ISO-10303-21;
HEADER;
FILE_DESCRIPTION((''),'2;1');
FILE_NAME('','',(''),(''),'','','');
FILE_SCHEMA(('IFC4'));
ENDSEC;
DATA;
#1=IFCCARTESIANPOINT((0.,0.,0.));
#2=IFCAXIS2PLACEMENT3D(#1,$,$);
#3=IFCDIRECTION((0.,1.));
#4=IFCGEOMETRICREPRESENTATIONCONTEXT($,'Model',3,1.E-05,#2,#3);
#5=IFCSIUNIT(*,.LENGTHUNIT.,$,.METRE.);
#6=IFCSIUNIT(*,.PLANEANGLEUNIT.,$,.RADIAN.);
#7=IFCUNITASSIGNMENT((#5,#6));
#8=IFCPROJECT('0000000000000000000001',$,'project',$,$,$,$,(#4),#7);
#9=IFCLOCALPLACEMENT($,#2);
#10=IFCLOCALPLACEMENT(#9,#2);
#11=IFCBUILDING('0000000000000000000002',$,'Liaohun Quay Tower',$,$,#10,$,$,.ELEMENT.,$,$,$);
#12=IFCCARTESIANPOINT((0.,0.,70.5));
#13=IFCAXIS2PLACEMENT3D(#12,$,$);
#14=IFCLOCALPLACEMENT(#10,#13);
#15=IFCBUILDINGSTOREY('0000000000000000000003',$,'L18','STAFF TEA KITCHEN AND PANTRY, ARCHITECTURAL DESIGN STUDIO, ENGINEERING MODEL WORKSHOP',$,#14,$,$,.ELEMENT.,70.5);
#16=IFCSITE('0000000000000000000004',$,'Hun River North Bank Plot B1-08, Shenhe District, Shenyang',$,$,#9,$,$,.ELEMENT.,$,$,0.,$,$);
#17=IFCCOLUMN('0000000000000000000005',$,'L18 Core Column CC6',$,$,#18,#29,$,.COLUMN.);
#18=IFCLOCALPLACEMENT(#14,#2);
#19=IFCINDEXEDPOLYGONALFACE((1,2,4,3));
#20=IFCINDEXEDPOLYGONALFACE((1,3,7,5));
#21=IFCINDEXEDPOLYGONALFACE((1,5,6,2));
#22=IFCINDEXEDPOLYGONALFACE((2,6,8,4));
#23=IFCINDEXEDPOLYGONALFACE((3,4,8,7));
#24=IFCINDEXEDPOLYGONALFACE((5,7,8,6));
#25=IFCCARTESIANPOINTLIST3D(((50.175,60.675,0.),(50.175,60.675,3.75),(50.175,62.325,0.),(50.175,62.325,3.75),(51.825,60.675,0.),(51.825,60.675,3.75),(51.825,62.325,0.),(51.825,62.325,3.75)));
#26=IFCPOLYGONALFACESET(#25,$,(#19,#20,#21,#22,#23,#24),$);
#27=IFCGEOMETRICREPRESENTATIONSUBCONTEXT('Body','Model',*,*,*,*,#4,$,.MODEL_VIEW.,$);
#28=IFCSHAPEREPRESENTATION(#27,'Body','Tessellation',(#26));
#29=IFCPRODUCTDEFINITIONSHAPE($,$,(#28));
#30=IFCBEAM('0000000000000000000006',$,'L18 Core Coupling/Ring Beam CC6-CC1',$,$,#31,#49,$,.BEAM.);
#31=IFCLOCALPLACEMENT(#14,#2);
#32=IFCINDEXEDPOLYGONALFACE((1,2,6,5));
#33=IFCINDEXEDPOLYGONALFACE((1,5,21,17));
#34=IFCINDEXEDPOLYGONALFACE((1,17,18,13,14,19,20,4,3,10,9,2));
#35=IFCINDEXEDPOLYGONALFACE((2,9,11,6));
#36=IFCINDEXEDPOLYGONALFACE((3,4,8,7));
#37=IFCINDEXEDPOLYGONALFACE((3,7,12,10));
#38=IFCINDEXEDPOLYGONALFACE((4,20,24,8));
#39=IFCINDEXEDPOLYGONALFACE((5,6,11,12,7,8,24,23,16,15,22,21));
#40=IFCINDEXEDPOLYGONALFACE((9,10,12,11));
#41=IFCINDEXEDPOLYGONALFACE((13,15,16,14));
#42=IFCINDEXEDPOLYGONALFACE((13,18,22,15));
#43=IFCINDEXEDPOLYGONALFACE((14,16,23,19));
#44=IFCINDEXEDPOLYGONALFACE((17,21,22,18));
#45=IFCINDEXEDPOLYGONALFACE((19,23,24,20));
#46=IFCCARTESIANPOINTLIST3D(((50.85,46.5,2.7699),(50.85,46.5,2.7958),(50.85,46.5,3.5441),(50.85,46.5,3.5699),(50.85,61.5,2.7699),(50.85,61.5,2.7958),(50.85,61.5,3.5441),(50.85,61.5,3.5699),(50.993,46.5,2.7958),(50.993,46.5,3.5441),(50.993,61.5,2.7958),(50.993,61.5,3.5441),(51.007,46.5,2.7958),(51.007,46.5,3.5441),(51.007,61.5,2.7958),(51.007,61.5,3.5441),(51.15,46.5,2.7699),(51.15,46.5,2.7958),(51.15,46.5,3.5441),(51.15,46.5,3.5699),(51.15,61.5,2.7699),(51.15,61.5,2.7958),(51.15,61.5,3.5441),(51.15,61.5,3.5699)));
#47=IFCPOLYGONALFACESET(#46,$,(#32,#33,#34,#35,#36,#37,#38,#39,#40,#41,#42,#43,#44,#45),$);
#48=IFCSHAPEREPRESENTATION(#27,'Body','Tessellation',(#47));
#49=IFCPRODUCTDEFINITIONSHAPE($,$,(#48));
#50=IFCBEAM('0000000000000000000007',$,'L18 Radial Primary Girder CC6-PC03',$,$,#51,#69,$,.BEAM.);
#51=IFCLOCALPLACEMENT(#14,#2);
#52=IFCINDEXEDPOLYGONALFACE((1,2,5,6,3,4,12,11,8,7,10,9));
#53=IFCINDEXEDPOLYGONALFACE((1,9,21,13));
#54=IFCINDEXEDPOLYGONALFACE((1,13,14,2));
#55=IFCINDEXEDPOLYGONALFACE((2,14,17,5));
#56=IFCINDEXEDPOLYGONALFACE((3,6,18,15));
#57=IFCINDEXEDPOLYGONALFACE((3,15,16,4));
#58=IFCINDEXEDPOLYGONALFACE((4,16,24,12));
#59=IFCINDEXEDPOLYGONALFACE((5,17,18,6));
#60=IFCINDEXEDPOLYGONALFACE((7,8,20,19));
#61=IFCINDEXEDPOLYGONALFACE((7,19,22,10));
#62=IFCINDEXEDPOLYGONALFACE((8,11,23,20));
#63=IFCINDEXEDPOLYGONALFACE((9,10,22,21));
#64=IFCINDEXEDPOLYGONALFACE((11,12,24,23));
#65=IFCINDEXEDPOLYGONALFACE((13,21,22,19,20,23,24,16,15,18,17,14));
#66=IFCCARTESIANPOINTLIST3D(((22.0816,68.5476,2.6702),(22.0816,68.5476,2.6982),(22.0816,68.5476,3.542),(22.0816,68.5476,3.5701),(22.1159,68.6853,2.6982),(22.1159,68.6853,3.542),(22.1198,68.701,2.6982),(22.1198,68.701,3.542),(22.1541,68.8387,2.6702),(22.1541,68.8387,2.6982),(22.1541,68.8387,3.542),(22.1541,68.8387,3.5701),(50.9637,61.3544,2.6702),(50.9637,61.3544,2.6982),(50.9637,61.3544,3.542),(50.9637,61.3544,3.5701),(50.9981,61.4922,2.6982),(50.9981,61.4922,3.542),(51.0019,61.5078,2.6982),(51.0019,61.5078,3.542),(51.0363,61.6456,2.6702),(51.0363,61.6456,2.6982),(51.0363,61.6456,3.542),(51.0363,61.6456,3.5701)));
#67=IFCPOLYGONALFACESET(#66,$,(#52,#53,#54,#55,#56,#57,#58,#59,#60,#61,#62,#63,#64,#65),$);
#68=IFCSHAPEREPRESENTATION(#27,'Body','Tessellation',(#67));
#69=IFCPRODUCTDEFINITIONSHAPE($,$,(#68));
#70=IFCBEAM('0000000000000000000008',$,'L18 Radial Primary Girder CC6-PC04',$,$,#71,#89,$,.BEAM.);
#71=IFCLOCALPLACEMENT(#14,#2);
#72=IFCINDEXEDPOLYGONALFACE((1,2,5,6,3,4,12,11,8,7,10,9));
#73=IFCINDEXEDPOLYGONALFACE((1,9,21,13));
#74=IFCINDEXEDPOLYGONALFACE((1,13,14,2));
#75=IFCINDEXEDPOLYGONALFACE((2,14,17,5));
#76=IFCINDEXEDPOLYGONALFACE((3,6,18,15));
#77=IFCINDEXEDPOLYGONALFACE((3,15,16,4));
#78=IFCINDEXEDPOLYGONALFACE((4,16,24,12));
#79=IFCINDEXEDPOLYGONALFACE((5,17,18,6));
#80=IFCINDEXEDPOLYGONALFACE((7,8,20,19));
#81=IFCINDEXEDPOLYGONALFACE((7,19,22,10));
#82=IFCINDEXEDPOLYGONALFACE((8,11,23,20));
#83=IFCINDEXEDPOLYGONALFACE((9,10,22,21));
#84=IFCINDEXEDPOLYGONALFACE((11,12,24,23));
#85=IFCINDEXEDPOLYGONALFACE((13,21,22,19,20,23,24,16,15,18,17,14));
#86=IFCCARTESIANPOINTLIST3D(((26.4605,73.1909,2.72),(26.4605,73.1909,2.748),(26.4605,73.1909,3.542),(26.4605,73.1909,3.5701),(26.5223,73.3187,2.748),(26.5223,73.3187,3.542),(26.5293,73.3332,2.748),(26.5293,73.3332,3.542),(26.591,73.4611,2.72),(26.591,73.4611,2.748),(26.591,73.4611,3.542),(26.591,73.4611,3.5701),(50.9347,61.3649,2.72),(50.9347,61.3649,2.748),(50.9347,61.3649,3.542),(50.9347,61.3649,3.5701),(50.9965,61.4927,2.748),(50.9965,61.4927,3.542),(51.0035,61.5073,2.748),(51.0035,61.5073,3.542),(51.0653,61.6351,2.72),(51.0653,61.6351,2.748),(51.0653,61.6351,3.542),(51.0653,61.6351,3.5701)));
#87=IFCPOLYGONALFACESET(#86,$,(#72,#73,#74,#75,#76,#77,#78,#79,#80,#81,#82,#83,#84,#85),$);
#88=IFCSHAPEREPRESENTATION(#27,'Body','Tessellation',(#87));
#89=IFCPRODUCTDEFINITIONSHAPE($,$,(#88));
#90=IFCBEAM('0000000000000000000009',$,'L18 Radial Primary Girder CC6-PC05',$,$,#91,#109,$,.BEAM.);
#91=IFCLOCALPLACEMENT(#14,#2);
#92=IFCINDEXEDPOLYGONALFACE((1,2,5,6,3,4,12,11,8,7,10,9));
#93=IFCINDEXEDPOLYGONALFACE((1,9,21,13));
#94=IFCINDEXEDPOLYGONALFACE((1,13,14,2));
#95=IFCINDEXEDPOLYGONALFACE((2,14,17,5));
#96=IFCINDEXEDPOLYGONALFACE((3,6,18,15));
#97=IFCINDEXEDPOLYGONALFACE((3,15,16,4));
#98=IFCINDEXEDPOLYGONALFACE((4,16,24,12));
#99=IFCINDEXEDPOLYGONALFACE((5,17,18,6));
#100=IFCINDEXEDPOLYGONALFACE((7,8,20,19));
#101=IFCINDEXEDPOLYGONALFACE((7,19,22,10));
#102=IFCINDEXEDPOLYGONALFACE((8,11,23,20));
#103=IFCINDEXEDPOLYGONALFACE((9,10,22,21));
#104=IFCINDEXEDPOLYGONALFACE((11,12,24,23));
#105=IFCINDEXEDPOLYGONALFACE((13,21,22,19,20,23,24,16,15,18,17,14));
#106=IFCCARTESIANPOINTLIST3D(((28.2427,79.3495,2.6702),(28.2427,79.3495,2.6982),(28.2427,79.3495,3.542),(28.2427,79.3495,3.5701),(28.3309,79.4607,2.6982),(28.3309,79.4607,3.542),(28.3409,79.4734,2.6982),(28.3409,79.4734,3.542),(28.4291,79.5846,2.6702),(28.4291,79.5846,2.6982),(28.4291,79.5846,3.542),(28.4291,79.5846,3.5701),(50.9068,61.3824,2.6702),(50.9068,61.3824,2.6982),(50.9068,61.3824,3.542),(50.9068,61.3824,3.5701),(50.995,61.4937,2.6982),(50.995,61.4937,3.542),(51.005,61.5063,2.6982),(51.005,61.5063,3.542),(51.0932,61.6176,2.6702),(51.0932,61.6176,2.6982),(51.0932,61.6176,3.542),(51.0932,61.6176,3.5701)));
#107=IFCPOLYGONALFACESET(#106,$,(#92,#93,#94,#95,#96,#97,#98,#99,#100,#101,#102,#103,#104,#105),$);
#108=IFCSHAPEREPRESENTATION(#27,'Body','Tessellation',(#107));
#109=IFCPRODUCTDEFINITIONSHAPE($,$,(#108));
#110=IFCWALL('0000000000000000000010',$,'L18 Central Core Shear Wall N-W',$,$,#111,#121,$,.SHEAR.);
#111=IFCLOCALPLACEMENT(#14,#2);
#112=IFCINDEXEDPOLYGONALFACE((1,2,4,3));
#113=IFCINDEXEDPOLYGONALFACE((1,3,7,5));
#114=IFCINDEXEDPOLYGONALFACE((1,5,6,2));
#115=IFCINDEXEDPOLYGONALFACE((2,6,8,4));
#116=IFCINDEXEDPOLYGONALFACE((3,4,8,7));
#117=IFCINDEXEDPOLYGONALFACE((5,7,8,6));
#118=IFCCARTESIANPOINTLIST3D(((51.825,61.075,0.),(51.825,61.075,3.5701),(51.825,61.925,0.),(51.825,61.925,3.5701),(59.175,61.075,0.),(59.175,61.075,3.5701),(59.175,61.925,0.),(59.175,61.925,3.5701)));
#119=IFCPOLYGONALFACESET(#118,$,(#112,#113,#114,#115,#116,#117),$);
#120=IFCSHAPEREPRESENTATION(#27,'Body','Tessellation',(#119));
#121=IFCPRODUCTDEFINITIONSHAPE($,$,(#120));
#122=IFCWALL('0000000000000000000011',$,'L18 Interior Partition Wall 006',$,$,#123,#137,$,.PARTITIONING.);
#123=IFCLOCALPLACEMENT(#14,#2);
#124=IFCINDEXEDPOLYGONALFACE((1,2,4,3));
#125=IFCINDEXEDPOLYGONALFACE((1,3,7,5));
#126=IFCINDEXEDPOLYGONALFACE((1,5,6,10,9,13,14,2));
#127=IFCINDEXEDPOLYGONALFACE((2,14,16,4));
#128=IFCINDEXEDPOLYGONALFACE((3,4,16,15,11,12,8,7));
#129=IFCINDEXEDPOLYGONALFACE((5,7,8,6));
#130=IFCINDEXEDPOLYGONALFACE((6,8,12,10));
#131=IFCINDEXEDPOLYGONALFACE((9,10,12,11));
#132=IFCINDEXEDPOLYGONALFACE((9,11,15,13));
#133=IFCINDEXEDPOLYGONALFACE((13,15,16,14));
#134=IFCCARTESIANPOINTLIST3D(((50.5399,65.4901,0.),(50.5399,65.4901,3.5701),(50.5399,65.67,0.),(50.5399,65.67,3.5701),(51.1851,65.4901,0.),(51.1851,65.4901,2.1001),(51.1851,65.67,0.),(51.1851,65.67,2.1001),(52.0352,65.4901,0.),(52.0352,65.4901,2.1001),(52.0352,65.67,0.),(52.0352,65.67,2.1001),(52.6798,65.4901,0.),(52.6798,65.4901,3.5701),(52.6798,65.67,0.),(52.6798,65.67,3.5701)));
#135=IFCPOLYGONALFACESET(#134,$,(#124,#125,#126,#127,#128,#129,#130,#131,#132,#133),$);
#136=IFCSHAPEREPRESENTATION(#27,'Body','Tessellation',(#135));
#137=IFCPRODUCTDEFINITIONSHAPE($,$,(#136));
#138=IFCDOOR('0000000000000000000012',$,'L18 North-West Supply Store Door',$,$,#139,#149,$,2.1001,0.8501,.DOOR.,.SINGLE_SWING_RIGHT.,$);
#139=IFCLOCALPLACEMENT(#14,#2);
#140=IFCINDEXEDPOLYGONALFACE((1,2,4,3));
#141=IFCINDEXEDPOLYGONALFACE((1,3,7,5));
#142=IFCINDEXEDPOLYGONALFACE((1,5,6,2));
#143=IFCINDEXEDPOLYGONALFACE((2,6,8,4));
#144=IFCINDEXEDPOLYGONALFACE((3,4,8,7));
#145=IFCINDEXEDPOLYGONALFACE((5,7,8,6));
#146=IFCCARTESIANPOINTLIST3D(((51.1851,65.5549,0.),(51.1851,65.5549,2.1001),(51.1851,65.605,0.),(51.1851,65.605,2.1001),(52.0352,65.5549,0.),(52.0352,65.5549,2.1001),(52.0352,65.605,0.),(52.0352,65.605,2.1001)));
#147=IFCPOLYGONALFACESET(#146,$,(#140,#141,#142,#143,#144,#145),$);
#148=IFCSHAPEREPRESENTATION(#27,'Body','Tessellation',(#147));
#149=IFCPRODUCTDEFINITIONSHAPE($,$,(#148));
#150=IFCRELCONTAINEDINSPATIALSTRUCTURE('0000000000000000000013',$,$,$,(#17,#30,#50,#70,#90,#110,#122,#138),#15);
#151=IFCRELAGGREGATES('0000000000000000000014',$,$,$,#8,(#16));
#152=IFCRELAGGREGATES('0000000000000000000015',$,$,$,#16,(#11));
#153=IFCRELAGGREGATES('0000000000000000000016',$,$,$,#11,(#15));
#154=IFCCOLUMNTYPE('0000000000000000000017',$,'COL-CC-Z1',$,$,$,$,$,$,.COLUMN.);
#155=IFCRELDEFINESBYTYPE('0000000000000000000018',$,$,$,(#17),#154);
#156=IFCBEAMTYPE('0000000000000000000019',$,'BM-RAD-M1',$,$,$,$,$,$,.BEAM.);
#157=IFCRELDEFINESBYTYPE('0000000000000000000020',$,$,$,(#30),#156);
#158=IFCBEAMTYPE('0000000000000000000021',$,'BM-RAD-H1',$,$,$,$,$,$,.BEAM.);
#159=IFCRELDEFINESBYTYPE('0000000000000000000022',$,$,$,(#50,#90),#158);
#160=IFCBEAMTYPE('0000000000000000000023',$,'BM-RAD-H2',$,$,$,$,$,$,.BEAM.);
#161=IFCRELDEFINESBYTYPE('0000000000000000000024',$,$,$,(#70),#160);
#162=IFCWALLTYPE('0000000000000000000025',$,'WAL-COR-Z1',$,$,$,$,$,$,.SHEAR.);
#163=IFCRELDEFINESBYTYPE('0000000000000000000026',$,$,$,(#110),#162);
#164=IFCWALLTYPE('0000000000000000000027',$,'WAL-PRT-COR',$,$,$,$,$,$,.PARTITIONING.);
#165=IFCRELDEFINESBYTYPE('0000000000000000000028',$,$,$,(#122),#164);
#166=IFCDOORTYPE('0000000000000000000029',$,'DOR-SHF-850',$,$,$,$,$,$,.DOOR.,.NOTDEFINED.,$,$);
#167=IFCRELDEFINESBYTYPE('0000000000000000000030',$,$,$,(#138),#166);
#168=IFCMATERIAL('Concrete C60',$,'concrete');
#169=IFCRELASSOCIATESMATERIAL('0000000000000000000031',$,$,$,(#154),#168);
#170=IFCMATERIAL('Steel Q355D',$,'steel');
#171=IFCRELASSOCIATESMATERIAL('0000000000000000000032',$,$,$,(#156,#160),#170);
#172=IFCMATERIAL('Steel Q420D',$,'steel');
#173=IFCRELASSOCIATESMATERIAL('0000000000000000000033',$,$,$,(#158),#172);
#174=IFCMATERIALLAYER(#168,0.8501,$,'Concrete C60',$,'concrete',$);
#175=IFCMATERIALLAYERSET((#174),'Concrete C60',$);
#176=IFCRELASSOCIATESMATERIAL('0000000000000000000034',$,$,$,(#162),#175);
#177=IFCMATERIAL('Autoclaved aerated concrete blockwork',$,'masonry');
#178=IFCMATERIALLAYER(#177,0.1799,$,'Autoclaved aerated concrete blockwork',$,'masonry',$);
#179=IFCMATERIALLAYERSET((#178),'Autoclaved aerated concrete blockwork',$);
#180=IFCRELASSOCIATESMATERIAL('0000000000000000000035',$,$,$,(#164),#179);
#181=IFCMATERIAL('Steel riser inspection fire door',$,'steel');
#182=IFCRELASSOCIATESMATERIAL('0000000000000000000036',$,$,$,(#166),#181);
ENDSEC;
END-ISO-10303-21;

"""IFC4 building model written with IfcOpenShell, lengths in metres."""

from ifc_helpers import new_model, si_unit, direction, frame, frame_2d, origin, origin_2d, place, context, subcontext, project, spatial, rectangle, i_section, extrude, source, transform, mapped, material, layer, layer_set, material_profile, profile_set, type_object, element, fill, save


model = new_model("IFC4")

# Units and contexts
model_context = context("Model", 3, precision=1e-05, world=origin(), true_north=direction((0.0, 1.0)))
body_context = subcontext(model_context, "Body", "Model", "MODEL_VIEW")
ifc_project = project(units=[si_unit("LENGTHUNIT", "METRE"), si_unit("PLANEANGLEUNIT", "RADIAN")], contexts=[model_context])

# Site, building, storey
site_placement = place(None, origin())
site = spatial("IfcSite", under=ifc_project, at=site_placement, Name="Hun River North Bank Plot B1-08, Shenhe District, Shenyang", CompositionType="ELEMENT", RefElevation=0.0)
building_placement = place(site_placement, origin())
building = spatial("IfcBuilding", under=site, at=building_placement, Name="Liaohun Quay Tower", CompositionType="ELEMENT")
storey_placement = place(building_placement, frame((0.0, 0.0, 70.5)))
storey = spatial("IfcBuildingStorey", under=building, at=storey_placement, Name="L18", Description="STAFF TEA KITCHEN AND PANTRY, ARCHITECTURAL DESIGN STUDIO, ENGINEERING MODEL WORKSHOP", CompositionType="ELEMENT", Elevation=70.5)

# Column
ifc_material_1 = material(Name="Concrete C60", Category="concrete")
ifc_material_profile_1 = material_profile(ifc_material_1, rectangle(XDim=1.6499, YDim=1.6499, at=origin_2d()), Name="RC1650x1650")
ifc_profile_set_1 = profile_set([ifc_material_profile_1], Name="Concrete C60")
column_type = type_object("IfcColumnType", Name="COL-CC-Z1", PredefinedType="COLUMN", material=ifc_profile_set_1)
shared_shape_1 = source(origin(), body_context, "Body", "SweptSolid", [
    extrude(rectangle(XDim=1.6499, YDim=1.6499, at=origin_2d()), origin(), (0.0, 0.0, 1.0), 3.75),
])
column_placement = place(storey_placement, frame((51.0, 61.5, 0.0), z_axis=(0.0, 0.0, 1.0), x_axis=(1.0, 0.0, 0.0)))
element("IfcColumn", 1, at=column_placement, inside=storey, type_object=column_type, Name="L18 Core Column CC6", PredefinedType="COLUMN", context=body_context, shape_type="MappedRepresentation", body=[
    mapped(shared_shape_1, transform((0.0, 0.0, 0.0), x_axis=(1.0, 0.0, 0.0), y_axis=(0.0, 1.0, 0.0), z_axis=(0.0, 0.0, 1.0), scale=1.0)),
])

# Beams
ifc_material_2 = material(Name="Steel Q355D", Category="steel")
ifc_material_profile_2 = material_profile(ifc_material_2, i_section(OverallWidth=0.3, OverallDepth=0.8, WebThickness=0.0139, FlangeThickness=0.0259, at=origin_2d()), Name="HN800x300x14x26")
ifc_profile_set_2 = profile_set([ifc_material_profile_2], Name="Steel Q355D")
beam_type_1 = type_object("IfcBeamType", Name="BM-RAD-M1", PredefinedType="BEAM", material=ifc_profile_set_2)
shared_shape_2 = source(origin(), body_context, "Body", "SweptSolid", [
    extrude(i_section(OverallWidth=0.3, OverallDepth=0.8, WebThickness=0.0139, FlangeThickness=0.0259, at=origin_2d()), origin(), (0.0, 0.0, 1.0), 15.0),
])
beam_1_placement = place(storey_placement, frame((51.0, 61.5, 3.1699), z_axis=(0.0, -1.0, 0.0), x_axis=(1.0, 0.0, 0.0)))
element("IfcBeam", 2, at=beam_1_placement, inside=storey, type_object=beam_type_1, Name="L18 Core Coupling/Ring Beam CC6-CC1", PredefinedType="BEAM", context=body_context, shape_type="MappedRepresentation", body=[
    mapped(shared_shape_2, transform((0.0, 0.0, 0.0), x_axis=(1.0, 0.0, 0.0), y_axis=(0.0, 1.0, 0.0), z_axis=(0.0, 0.0, 1.0), scale=1.0)),
])
ifc_material_3 = material(Name="Steel Q420D", Category="steel")
ifc_material_profile_3 = material_profile(ifc_material_3, i_section(OverallWidth=0.3, OverallDepth=0.8999, WebThickness=0.0161, FlangeThickness=0.0281, at=origin_2d()), Name="HN900x300x16x28")
ifc_profile_set_3 = profile_set([ifc_material_profile_3], Name="Steel Q420D")
beam_type_2 = type_object("IfcBeamType", Name="BM-RAD-H1", PredefinedType="BEAM", material=ifc_profile_set_3)
shared_shape_3 = source(origin(), body_context, "Body", "SweptSolid", [
    extrude(i_section(OverallWidth=0.3, OverallDepth=0.8999, WebThickness=0.0161, FlangeThickness=0.0281, at=origin_2d()), origin(), (0.0, 0.0, 1.0), 29.7644),
])
beam_2_placement = place(storey_placement, frame((51.0, 61.5, 3.1201), z_axis=(-0.970359, 0.241669, 0.0), x_axis=(-0.241669, -0.970359, 0.0)))
element("IfcBeam", 3, at=beam_2_placement, inside=storey, type_object=beam_type_2, Name="L18 Radial Primary Girder CC6-PC03", PredefinedType="BEAM", context=body_context, shape_type="MappedRepresentation", body=[
    mapped(shared_shape_3, transform((0.0, 0.0, 0.0), x_axis=(1.0, 0.0, 0.0), y_axis=(0.0, 1.0, 0.0), z_axis=(0.0, 0.0, 1.0), scale=1.0)),
])
ifc_material_profile_4 = material_profile(ifc_material_2, i_section(OverallWidth=0.3, OverallDepth=0.8501, WebThickness=0.0161, FlangeThickness=0.0281, at=origin_2d()), Name="HN850x300x16x28")
ifc_profile_set_4 = profile_set([ifc_material_profile_4], Name="Steel Q355D")
beam_type_3 = type_object("IfcBeamType", Name="BM-RAD-H2", PredefinedType="BEAM", material=ifc_profile_set_4)
shared_shape_4 = source(origin(), body_context, "Body", "SweptSolid", [
    extrude(i_section(OverallWidth=0.3, OverallDepth=0.8501, WebThickness=0.0161, FlangeThickness=0.0281, at=origin_2d()), origin(), (0.0, 0.0, 1.0), 27.1816),
])
beam_3_placement = place(storey_placement, frame((51.0, 61.5, 3.145), z_axis=(-0.900396, 0.435072, 0.0), x_axis=(-0.435072, -0.900396, 0.0)))
element("IfcBeam", 4, at=beam_3_placement, inside=storey, type_object=beam_type_3, Name="L18 Radial Primary Girder CC6-PC04", PredefinedType="BEAM", context=body_context, shape_type="MappedRepresentation", body=[
    mapped(shared_shape_4, transform((0.0, 0.0, 0.0), x_axis=(1.0, 0.0, 0.0), y_axis=(0.0, 1.0, 0.0), z_axis=(0.0, 0.0, 1.0), scale=1.0)),
])
shared_shape_5 = source(origin(), body_context, "Body", "SweptSolid", [
    extrude(i_section(OverallWidth=0.3, OverallDepth=0.8999, WebThickness=0.0161, FlangeThickness=0.0281, at=origin_2d()), origin(), (0.0, 0.0, 1.0), 28.9219),
])
beam_4_placement = place(storey_placement, frame((51.0, 61.5, 3.1201), z_axis=(-0.783631, 0.621227, 0.0), x_axis=(-0.621227, -0.783631, 0.0)))
element("IfcBeam", 5, at=beam_4_placement, inside=storey, type_object=beam_type_2, Name="L18 Radial Primary Girder CC6-PC05", PredefinedType="BEAM", context=body_context, shape_type="MappedRepresentation", body=[
    mapped(shared_shape_5, transform((0.0, 0.0, 0.0), x_axis=(1.0, 0.0, 0.0), y_axis=(0.0, 1.0, 0.0), z_axis=(0.0, 0.0, 1.0), scale=1.0)),
])

# Wall
ifc_layer_1 = layer(ifc_material_1, 0.8501, Name="Concrete C60", Category="concrete")
ifc_layer_set_1 = layer_set([ifc_layer_1], Name="Concrete C60")
wall_type_1 = type_object("IfcWallType", Name="WAL-COR-Z1", PredefinedType="SHEAR", material=ifc_layer_set_1)
wall_1_placement = place(storey_placement, frame((51.825, 61.5, 0.0), z_axis=(0.0, 0.0, 1.0), x_axis=(1.0, 0.0, 0.0)))
element("IfcWall", 6, at=wall_1_placement, inside=storey, type_object=wall_type_1, Name="L18 Central Core Shear Wall N-W", PredefinedType="SHEAR", context=body_context, shape_type="SweptSolid", body=[
    extrude(rectangle(XDim=7.3501, YDim=0.8501, at=frame_2d((3.675, 0.0))), origin(), (0.0, 0.0, 1.0), 3.5701),
])

# Wall, opening, door
ifc_material_4 = material(Name="Autoclaved aerated concrete blockwork", Category="masonry")
ifc_layer_2 = layer(ifc_material_4, 0.1799, Name="Autoclaved aerated concrete blockwork", Category="masonry")
ifc_layer_set_2 = layer_set([ifc_layer_2], Name="Autoclaved aerated concrete blockwork")
wall_type_2 = type_object("IfcWallType", Name="WAL-PRT-COR", PredefinedType="PARTITIONING", material=ifc_layer_set_2)
wall_2_placement = place(storey_placement, frame((50.54, 65.5801, 0.0), z_axis=(0.0, 0.0, 1.0), x_axis=(1.0, 0.0, 0.0)))
wall_2 = element("IfcWall", 7, at=wall_2_placement, inside=storey, type_object=wall_type_2, Name="L18 Interior Partition Wall 006", PredefinedType="PARTITIONING", context=body_context, shape_type="SweptSolid", body=[
    extrude(rectangle(XDim=2.1399, YDim=0.1799, at=frame_2d((1.0698, 0.0))), origin(), (0.0, 0.0, 1.0), 3.5701),
])
shared_shape_6 = source(origin(), body_context, "Body", "SweptSolid", [
    extrude(rectangle(XDim=0.8501, YDim=2.1001, at=frame_2d((0.425, 1.05))), frame((0.0, 0.0999, 0.0), z_axis=(0.0, -1.0, 0.0), x_axis=(1.0, 0.0, 0.0)), (0.0, 0.0, 1.0), 0.2),
])
opening_1_placement = place(wall_2_placement, frame((0.645, 0.0, 0.0)))
opening_1 = element("IfcOpeningElement", 8, at=opening_1_placement, cuts=wall_2, PredefinedType="OPENING", context=body_context, shape_type="MappedRepresentation", body=[
    mapped(shared_shape_6, transform((0.0, 0.0, 0.0), x_axis=(1.0, 0.0, 0.0), y_axis=(0.0, 1.0, 0.0), z_axis=(0.0, 0.0, 1.0), scale=1.0)),
])
ifc_material_5 = material(Name="Steel riser inspection fire door", Category="steel")
door_type_1 = type_object("IfcDoorType", Name="DOR-SHF-850", OperationType="NOTDEFINED", PredefinedType="DOOR", material=ifc_material_5)
shared_shape_7 = source(origin(), body_context, "Body", "SweptSolid", [
    extrude(rectangle(XDim=0.8501, YDim=2.1001, at=frame_2d((0.425, 1.05))), frame((0.0, 0.0249, 0.0), z_axis=(0.0, -1.0, 0.0), x_axis=(1.0, 0.0, 0.0)), (0.0, 0.0, 1.0), 0.05),
])
door_1_placement = place(opening_1_placement, origin())
door_1 = element("IfcDoor", 9, at=door_1_placement, inside=storey, type_object=door_type_1, Name="L18 North-West Supply Store Door", OperationType="SINGLE_SWING_RIGHT", OverallHeight=2.1001, OverallWidth=0.8501, PredefinedType="DOOR", context=body_context, shape_type="MappedRepresentation", body=[
    mapped(shared_shape_7, transform((0.0, 0.0, 0.0), x_axis=(1.0, 0.0, 0.0), y_axis=(0.0, 1.0, 0.0), z_axis=(0.0, 0.0, 1.0), scale=1.0)),
])
fill(opening_1, door_1)

save(model, "model.ifc")
